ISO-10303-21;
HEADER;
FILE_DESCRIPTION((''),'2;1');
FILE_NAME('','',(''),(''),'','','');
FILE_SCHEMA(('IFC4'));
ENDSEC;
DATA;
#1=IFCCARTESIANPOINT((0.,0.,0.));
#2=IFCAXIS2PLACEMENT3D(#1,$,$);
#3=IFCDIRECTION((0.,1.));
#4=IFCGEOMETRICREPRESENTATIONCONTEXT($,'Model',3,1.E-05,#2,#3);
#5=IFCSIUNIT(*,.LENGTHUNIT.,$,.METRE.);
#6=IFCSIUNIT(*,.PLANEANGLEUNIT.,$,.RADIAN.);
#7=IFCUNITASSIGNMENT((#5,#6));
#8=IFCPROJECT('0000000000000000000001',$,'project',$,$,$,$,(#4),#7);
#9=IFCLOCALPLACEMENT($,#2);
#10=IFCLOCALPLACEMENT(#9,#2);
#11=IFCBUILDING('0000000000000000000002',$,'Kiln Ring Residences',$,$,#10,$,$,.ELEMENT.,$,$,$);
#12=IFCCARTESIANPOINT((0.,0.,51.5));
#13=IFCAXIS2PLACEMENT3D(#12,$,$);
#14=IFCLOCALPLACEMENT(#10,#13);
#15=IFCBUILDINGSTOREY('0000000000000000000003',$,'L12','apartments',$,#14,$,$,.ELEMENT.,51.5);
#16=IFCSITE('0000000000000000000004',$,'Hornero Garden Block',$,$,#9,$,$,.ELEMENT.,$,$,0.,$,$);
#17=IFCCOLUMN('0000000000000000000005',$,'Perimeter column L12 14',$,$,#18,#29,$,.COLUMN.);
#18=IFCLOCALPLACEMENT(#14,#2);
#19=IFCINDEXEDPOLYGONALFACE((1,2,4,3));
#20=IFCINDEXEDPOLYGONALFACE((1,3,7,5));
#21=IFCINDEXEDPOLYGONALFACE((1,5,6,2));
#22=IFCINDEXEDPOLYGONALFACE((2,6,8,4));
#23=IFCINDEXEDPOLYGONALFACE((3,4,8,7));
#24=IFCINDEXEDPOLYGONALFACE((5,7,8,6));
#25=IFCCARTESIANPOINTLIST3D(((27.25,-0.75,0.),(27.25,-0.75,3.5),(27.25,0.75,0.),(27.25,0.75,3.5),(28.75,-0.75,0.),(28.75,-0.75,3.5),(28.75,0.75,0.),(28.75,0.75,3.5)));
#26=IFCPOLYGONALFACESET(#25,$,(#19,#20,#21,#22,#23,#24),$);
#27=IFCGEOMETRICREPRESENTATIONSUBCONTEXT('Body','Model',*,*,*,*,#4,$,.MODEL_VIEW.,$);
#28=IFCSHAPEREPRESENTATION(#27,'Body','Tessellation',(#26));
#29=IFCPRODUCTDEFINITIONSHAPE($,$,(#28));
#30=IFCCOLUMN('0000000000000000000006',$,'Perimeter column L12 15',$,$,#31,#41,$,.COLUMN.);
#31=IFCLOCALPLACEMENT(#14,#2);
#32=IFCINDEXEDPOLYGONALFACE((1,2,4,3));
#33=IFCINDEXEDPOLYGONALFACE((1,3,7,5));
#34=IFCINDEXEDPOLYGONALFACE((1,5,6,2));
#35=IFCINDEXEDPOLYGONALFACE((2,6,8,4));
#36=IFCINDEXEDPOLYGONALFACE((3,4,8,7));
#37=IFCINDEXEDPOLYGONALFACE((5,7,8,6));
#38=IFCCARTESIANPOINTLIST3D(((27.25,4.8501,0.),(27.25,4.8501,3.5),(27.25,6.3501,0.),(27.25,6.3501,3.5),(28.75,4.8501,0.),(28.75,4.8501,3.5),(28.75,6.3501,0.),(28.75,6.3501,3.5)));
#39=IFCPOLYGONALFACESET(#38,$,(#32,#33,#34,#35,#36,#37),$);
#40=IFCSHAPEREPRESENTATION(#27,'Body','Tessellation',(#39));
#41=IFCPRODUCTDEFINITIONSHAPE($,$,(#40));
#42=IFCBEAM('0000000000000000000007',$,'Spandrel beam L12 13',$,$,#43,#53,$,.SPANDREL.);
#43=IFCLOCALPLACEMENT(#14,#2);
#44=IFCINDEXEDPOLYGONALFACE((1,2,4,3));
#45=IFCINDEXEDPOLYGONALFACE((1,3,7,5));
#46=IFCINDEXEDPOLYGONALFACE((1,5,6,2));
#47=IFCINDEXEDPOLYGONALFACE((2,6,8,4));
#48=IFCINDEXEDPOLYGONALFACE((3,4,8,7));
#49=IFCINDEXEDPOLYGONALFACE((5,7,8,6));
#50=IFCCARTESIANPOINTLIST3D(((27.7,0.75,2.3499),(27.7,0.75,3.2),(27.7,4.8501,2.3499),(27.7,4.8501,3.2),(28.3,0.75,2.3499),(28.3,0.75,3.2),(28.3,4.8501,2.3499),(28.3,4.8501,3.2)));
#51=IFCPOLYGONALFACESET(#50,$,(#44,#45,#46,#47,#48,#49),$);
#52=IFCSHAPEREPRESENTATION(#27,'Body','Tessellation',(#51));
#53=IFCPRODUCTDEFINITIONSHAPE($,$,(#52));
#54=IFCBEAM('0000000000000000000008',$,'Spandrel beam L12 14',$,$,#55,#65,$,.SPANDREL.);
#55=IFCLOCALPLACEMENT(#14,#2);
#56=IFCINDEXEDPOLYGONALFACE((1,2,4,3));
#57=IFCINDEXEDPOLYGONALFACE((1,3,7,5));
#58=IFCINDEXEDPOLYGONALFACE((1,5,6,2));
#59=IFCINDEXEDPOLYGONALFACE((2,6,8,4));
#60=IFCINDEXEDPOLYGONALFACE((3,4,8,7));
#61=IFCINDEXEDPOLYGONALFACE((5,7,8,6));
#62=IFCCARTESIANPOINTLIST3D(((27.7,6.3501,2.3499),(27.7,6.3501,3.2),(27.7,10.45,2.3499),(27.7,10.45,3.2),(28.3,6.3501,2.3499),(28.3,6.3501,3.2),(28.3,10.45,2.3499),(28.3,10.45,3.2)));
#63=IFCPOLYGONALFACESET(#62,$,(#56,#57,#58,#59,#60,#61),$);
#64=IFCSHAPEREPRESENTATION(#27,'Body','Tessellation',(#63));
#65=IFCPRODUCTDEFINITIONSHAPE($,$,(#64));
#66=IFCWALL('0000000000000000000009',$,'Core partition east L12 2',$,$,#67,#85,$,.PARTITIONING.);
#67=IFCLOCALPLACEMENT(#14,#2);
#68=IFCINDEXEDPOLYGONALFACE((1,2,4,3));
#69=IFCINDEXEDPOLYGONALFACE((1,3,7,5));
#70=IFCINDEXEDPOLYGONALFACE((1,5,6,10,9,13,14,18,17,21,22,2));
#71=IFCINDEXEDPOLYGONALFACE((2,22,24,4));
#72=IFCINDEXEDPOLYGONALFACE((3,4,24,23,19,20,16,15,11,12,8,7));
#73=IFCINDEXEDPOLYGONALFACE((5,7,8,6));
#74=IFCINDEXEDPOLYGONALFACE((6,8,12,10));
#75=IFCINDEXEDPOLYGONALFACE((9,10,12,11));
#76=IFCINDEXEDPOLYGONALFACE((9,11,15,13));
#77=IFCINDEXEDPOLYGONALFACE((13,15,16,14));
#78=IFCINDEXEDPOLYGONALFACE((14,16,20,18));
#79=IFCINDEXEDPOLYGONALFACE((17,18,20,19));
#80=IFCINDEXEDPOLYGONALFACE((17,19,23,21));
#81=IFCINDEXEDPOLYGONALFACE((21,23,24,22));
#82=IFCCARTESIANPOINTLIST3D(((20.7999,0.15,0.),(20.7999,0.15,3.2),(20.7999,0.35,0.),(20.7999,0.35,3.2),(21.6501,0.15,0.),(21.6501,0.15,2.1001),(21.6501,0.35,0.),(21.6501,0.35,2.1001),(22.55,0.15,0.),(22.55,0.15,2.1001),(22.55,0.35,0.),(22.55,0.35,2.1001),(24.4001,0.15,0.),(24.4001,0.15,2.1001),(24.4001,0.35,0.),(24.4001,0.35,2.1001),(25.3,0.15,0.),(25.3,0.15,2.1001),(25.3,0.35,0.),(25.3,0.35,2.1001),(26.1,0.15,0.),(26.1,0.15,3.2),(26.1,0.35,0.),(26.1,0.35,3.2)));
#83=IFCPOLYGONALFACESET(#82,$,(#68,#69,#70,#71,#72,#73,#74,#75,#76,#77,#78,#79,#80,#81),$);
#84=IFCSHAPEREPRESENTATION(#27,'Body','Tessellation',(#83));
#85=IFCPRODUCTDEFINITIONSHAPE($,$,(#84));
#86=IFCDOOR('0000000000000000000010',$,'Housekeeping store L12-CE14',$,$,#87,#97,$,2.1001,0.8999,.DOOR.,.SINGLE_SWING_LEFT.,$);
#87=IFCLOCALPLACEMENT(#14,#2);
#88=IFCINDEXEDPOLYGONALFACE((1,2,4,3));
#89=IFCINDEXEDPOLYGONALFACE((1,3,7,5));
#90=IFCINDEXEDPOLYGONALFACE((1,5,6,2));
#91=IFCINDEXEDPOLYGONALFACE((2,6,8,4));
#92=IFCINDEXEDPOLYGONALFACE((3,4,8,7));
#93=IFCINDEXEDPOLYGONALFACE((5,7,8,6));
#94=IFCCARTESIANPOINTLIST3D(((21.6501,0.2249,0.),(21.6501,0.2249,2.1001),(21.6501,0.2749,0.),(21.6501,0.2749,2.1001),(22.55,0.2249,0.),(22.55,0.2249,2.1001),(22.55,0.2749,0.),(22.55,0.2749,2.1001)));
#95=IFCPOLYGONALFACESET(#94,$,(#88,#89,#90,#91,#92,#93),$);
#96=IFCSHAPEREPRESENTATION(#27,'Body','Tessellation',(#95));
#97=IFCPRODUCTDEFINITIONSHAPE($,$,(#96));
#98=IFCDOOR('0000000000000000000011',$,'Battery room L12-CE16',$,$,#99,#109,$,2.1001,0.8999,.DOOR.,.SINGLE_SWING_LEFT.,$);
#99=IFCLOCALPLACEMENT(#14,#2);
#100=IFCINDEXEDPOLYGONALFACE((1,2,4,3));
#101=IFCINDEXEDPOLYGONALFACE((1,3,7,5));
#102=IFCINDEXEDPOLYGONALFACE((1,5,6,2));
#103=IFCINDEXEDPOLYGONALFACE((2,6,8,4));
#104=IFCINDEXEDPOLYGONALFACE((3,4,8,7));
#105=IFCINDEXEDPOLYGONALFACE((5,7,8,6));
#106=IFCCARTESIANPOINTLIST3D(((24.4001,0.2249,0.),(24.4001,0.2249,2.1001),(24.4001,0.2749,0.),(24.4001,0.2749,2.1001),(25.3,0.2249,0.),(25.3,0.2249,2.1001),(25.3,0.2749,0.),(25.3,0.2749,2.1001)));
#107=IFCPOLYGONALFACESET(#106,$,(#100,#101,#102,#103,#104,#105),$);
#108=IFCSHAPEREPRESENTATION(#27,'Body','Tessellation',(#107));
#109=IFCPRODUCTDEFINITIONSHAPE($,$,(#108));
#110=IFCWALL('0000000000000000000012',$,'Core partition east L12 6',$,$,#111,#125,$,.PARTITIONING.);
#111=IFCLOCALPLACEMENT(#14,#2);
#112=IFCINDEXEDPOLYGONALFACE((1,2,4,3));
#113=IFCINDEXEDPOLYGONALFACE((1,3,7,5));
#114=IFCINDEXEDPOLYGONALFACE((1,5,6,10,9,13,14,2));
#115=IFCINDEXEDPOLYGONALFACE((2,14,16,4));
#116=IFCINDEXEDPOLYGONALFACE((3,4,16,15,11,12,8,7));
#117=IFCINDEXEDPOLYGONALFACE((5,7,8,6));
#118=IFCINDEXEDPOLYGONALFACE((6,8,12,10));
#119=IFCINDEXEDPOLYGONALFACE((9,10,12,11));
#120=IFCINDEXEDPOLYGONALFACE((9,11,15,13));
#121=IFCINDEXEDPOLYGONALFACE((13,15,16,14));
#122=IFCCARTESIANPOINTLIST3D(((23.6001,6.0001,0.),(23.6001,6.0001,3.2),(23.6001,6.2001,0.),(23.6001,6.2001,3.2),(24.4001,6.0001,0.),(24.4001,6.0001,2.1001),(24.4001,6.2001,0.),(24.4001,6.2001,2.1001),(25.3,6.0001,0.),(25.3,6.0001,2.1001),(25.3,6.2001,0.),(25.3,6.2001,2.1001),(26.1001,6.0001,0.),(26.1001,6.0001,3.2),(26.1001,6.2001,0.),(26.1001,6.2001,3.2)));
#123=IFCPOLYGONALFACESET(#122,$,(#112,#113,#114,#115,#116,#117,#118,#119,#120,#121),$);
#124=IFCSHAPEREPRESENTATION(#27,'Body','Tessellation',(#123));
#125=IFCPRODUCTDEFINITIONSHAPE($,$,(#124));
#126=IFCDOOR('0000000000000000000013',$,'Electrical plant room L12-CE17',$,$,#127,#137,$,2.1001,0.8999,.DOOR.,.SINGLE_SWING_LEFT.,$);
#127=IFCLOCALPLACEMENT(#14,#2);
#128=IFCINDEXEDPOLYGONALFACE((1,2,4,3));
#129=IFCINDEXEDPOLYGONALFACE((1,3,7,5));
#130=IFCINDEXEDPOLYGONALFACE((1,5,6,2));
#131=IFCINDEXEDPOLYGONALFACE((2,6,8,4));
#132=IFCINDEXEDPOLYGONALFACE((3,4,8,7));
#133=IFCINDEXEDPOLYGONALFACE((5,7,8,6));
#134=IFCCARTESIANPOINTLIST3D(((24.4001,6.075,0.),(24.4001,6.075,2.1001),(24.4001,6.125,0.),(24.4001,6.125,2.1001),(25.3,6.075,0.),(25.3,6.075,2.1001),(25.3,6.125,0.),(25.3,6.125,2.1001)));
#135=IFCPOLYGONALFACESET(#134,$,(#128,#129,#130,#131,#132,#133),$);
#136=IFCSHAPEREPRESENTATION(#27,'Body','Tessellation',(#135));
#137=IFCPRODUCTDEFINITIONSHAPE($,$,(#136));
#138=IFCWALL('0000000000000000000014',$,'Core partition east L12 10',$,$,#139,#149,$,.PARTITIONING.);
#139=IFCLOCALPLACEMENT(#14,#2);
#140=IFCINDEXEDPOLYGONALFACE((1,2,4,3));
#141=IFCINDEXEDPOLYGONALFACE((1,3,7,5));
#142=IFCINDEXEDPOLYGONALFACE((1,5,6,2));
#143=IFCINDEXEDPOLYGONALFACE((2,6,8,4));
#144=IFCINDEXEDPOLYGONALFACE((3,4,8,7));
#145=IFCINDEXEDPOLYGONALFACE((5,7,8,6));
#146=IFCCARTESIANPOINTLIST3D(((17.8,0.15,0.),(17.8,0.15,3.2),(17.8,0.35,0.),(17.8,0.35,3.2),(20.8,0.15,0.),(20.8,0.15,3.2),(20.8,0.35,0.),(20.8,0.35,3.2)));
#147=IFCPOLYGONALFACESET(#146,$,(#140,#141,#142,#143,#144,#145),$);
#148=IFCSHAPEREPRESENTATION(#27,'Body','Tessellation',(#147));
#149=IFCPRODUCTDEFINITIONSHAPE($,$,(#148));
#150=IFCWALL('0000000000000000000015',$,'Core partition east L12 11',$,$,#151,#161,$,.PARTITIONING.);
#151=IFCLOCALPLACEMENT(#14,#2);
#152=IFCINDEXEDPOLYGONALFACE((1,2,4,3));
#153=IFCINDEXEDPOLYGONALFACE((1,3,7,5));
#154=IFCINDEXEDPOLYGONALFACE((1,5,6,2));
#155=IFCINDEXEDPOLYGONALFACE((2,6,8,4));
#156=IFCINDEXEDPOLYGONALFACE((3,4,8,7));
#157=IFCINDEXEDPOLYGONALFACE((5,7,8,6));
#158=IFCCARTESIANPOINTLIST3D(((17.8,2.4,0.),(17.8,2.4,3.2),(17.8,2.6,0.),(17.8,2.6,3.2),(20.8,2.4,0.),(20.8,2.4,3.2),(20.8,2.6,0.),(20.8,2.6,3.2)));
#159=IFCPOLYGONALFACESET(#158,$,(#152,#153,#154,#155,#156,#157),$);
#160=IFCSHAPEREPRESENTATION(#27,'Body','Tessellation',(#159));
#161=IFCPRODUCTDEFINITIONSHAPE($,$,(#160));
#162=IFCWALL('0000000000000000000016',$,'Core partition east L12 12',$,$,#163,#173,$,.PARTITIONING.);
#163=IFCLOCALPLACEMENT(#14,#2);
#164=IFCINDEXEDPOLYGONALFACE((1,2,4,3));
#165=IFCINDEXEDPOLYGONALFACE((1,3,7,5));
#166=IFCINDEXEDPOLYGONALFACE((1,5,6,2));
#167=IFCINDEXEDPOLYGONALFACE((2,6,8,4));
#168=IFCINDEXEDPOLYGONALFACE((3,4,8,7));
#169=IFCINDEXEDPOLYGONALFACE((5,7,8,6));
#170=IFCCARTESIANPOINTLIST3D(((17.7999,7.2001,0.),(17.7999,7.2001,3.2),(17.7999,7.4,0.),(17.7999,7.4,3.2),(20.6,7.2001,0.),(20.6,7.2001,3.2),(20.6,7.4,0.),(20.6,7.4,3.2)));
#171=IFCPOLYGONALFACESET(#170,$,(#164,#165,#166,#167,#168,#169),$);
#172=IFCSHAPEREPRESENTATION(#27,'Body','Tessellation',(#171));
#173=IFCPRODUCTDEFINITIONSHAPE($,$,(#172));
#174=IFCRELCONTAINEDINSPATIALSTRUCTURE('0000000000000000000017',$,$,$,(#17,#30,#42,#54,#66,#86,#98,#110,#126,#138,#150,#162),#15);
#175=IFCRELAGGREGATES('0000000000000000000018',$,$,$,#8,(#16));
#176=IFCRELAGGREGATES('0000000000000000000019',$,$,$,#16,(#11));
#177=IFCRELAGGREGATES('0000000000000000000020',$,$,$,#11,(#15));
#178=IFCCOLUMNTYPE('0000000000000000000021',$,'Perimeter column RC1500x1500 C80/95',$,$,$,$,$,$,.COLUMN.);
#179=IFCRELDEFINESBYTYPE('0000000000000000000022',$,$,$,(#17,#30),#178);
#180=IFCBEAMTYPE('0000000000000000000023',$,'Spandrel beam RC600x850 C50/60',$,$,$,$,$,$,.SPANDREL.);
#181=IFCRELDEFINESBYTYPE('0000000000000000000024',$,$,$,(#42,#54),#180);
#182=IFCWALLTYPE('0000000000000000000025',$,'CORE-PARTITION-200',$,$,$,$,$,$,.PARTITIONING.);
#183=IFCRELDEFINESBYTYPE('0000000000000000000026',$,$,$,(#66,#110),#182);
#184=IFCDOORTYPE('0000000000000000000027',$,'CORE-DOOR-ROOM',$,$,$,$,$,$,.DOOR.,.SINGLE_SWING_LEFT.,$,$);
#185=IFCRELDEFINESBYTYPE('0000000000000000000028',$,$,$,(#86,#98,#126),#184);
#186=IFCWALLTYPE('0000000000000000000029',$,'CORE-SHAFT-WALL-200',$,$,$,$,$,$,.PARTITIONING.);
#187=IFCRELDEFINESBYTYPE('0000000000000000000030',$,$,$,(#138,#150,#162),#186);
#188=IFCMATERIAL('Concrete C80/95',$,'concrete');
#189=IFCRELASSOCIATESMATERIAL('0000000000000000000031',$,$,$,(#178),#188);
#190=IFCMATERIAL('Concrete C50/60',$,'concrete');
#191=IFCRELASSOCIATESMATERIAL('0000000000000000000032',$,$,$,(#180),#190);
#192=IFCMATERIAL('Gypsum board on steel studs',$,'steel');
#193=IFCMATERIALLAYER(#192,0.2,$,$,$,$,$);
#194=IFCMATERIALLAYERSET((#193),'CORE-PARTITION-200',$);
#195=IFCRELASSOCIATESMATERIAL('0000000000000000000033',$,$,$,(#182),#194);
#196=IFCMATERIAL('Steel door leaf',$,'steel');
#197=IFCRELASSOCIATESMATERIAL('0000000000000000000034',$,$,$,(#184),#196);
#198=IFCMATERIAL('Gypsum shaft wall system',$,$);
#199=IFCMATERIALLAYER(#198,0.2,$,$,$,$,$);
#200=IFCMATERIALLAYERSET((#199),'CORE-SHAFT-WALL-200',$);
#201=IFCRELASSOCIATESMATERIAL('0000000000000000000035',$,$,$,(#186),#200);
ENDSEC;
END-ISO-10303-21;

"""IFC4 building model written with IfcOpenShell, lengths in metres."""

from ifc_helpers import new_model, si_unit, direction, frame, frame_2d, origin, origin_2d, place, context, subcontext, project, spatial, rectangle, extrude, material, layer, layer_set, material_profile, profile_set, type_object, element, fill, save


model = new_model("IFC4")

# Units and contexts
model_context = context("Model", 3, precision=1e-05, world=origin(), true_north=direction((0.0, 1.0)))
body_context = subcontext(model_context, "Body", "Model", "MODEL_VIEW")
ifc_project = project(units=[si_unit("LENGTHUNIT", "METRE"), si_unit("PLANEANGLEUNIT", "RADIAN")], contexts=[model_context])

# Site, building, storey
site_placement = place(None, origin())
site = spatial("IfcSite", under=ifc_project, at=site_placement, Name="Hornero Garden Block", CompositionType="ELEMENT", RefElevation=0.0)
building_placement = place(site_placement, origin())
building = spatial("IfcBuilding", under=site, at=building_placement, Name="Kiln Ring Residences", CompositionType="ELEMENT")
storey_placement = place(building_placement, frame((0.0, 0.0, 51.5)))
storey = spatial("IfcBuildingStorey", under=building, at=storey_placement, Name="L12", Description="apartments", CompositionType="ELEMENT", Elevation=51.5)

# Columns
ifc_material_1 = material(Name="Concrete C80/95", Category="concrete")
ifc_material_profile_1 = material_profile(ifc_material_1, rectangle(XDim=1.5, YDim=1.5, at=origin_2d()), Name="RC1500x1500")
ifc_profile_set_1 = profile_set([ifc_material_profile_1], Name="Concrete C80/95")
column_type = type_object("IfcColumnType", Name="Perimeter column RC1500x1500 C80/95", PredefinedType="COLUMN", material=ifc_profile_set_1)
for number, where, z_axis, x_axis, name in (
    (1, (28.0, 0.0, 0.0), (0.0, 0.0, 1.0), (1.0, 0.0, 0.0), "Perimeter column L12 14"),
    (2, (28.0, 5.6001, 0.0), (0.0, 0.0, 1.0), (1.0, 0.0, 0.0), "Perimeter column L12 15"),
):
    element("IfcColumn", number, at=place(storey_placement, frame(where, z_axis=z_axis, x_axis=x_axis)), inside=storey, type_object=column_type, Name=name, PredefinedType="COLUMN", context=body_context, shape_type="SweptSolid", body=[
        extrude(rectangle(XDim=1.5, YDim=1.5, at=origin_2d()), origin(), (0.0, 0.0, 1.0), 3.5),
    ])

# Beams
ifc_material_2 = material(Name="Concrete C50/60", Category="concrete")
ifc_material_profile_2 = material_profile(ifc_material_2, rectangle(XDim=0.6001, YDim=0.8501, at=origin_2d()), Name="RC600x850")
ifc_profile_set_2 = profile_set([ifc_material_profile_2], Name="Concrete C50/60")
beam_type = type_object("IfcBeamType", Name="Spandrel beam RC600x850 C50/60", PredefinedType="SPANDREL", material=ifc_profile_set_2)
beam_1_placement = place(storey_placement, frame((28.0, 0.75, 2.7749), z_axis=(0.0, 1.0, 0.0), x_axis=(-1.0, 0.0, 0.0)))
element("IfcBeam", 3, at=beam_1_placement, inside=storey, type_object=beam_type, Name="Spandrel beam L12 13", PredefinedType="SPANDREL", context=body_context, shape_type="SweptSolid", body=[
    extrude(rectangle(XDim=0.6001, YDim=0.8501, at=origin_2d()), origin(), (0.0, 0.0, 1.0), 4.1001),
])
beam_2_placement = place(storey_placement, frame((28.0, 6.3501, 2.7749), z_axis=(0.0, 1.0, 0.0), x_axis=(-1.0, 0.0, 0.0)))
element("IfcBeam", 4, at=beam_2_placement, inside=storey, type_object=beam_type, Name="Spandrel beam L12 14", PredefinedType="SPANDREL", context=body_context, shape_type="SweptSolid", body=[
    extrude(rectangle(XDim=0.6001, YDim=0.8501, at=origin_2d()), origin(), (0.0, 0.0, 1.0), 4.0999),
])

# Wall, openings, doors
ifc_material_3 = material(Name="Gypsum board on steel studs", Category="steel")
ifc_layer_1 = layer(ifc_material_3, 0.2)
ifc_layer_set_1 = layer_set([ifc_layer_1], Name="CORE-PARTITION-200")
wall_type_1 = type_object("IfcWallType", Name="CORE-PARTITION-200", PredefinedType="PARTITIONING", material=ifc_layer_set_1)
wall_1_placement = place(storey_placement, frame((20.8, 0.25, 0.0), z_axis=(0.0, 0.0, 1.0), x_axis=(1.0, 0.0, 0.0)))
wall_1 = element("IfcWall", 5, at=wall_1_placement, inside=storey, type_object=wall_type_1, Name="Core partition east L12 2", PredefinedType="PARTITIONING", context=body_context, shape_type="SweptSolid", body=[
    extrude(rectangle(XDim=5.3, YDim=0.2, at=frame_2d((2.6499, 0.0))), origin(), (0.0, 0.0, 1.0), 3.2),
])
opening_1_placement = place(wall_1_placement, frame((0.8501, 0.0, 0.0)))
opening_1 = element("IfcOpeningElement", 6, at=opening_1_placement, cuts=wall_1, PredefinedType="OPENING", context=body_context, shape_type="SweptSolid", body=[
    extrude(rectangle(XDim=0.8999, YDim=2.1001, at=frame_2d((0.45, 1.05))), frame((0.0, 0.1099, 0.0), z_axis=(0.0, -1.0, 0.0), x_axis=(1.0, 0.0, 0.0)), (0.0, 0.0, 1.0), 0.22),
])
opening_2_placement = place(wall_1_placement, frame((3.6001, 0.0, 0.0)))
opening_2 = element("IfcOpeningElement", 7, at=opening_2_placement, cuts=wall_1, PredefinedType="OPENING", context=body_context, shape_type="SweptSolid", body=[
    extrude(rectangle(XDim=0.8999, YDim=2.1001, at=frame_2d((0.45, 1.05))), frame((0.0, 0.1099, 0.0), z_axis=(0.0, -1.0, 0.0), x_axis=(1.0, 0.0, 0.0)), (0.0, 0.0, 1.0), 0.22),
])
ifc_material_4 = material(Name="Steel door leaf", Category="steel")
door_type = type_object("IfcDoorType", Name="CORE-DOOR-ROOM", OperationType="SINGLE_SWING_LEFT", PredefinedType="DOOR", material=ifc_material_4)
door_1_placement = place(opening_1_placement, origin())
door_1 = element("IfcDoor", 8, at=door_1_placement, inside=storey, type_object=door_type, Name="Housekeeping store L12-CE14", OperationType="SINGLE_SWING_LEFT", OverallHeight=2.1001, OverallWidth=0.8999, PredefinedType="DOOR", context=body_context, shape_type="SweptSolid", body=[
    extrude(rectangle(XDim=0.8999, YDim=2.1001, at=frame_2d((0.45, 1.05))), frame((0.0, 0.0249, 0.0), z_axis=(0.0, -1.0, 0.0), x_axis=(1.0, 0.0, 0.0)), (0.0, 0.0, 1.0), 0.05),
])
fill(opening_1, door_1)
door_2_placement = place(opening_2_placement, origin())
door_2 = element("IfcDoor", 9, at=door_2_placement, inside=storey, type_object=door_type, Name="Battery room L12-CE16", OperationType="SINGLE_SWING_LEFT", OverallHeight=2.1001, OverallWidth=0.8999, PredefinedType="DOOR", context=body_context, shape_type="SweptSolid", body=[
    extrude(rectangle(XDim=0.8999, YDim=2.1001, at=frame_2d((0.45, 1.05))), frame((0.0, 0.0249, 0.0), z_axis=(0.0, -1.0, 0.0), x_axis=(1.0, 0.0, 0.0)), (0.0, 0.0, 1.0), 0.05),
])
fill(opening_2, door_2)

# Wall, opening, door
wall_2_placement = place(storey_placement, frame((23.6001, 6.1001, 0.0), z_axis=(0.0, 0.0, 1.0), x_axis=(1.0, 0.0, 0.0)))
wall_2 = element("IfcWall", 10, at=wall_2_placement, inside=storey, type_object=wall_type_1, Name="Core partition east L12 6", PredefinedType="PARTITIONING", context=body_context, shape_type="SweptSolid", body=[
    extrude(rectangle(XDim=2.5, YDim=0.2, at=frame_2d((1.25, 0.0))), origin(), (0.0, 0.0, 1.0), 3.2),
])
opening_3_placement = place(wall_2_placement, frame((0.8, 0.0, 0.0)))
opening_3 = element("IfcOpeningElement", 11, at=opening_3_placement, cuts=wall_2, PredefinedType="OPENING", context=body_context, shape_type="SweptSolid", body=[
    extrude(rectangle(XDim=0.8999, YDim=2.1001, at=frame_2d((0.45, 1.05))), frame((0.0, 0.1099, 0.0), z_axis=(0.0, -1.0, 0.0), x_axis=(1.0, 0.0, 0.0)), (0.0, 0.0, 1.0), 0.22),
])
door_3_placement = place(opening_3_placement, origin())
door_3 = element("IfcDoor", 12, at=door_3_placement, inside=storey, type_object=door_type, Name="Electrical plant room L12-CE17", OperationType="SINGLE_SWING_LEFT", OverallHeight=2.1001, OverallWidth=0.8999, PredefinedType="DOOR", context=body_context, shape_type="SweptSolid", body=[
    extrude(rectangle(XDim=0.8999, YDim=2.1001, at=frame_2d((0.45, 1.05))), frame((0.0, 0.0249, 0.0), z_axis=(0.0, -1.0, 0.0), x_axis=(1.0, 0.0, 0.0)), (0.0, 0.0, 1.0), 0.05),
])
fill(opening_3, door_3)

# Walls
ifc_material_5 = material(Name="Gypsum shaft wall system")
ifc_layer_2 = layer(ifc_material_5, 0.2)
ifc_layer_set_2 = layer_set([ifc_layer_2], Name="CORE-SHAFT-WALL-200")
wall_type_2 = type_object("IfcWallType", Name="CORE-SHAFT-WALL-200", PredefinedType="PARTITIONING", material=ifc_layer_set_2)
for number, where, z_axis, x_axis, name in (
    (13, (17.8, 0.25, 0.0), (0.0, 0.0, 1.0), (1.0, 0.0, 0.0), "Core partition east L12 10"),
    (14, (17.8, 2.5, 0.0), (0.0, 0.0, 1.0), (1.0, 0.0, 0.0), "Core partition east L12 11"),
):
    element("IfcWall", number, at=place(storey_placement, frame(where, z_axis=z_axis, x_axis=x_axis)), inside=storey, type_object=wall_type_2, Name=name, PredefinedType="PARTITIONING", context=body_context, shape_type="SweptSolid", body=[
        extrude(rectangle(XDim=3.0, YDim=0.2, at=frame_2d((1.5, 0.0))), origin(), (0.0, 0.0, 1.0), 3.2),
    ])
wall_3_placement = place(storey_placement, frame((17.8, 7.3, 0.0), z_axis=(0.0, 0.0, 1.0), x_axis=(1.0, 0.0, 0.0)))
element("IfcWall", 15, at=wall_3_placement, inside=storey, type_object=wall_type_2, Name="Core partition east L12 12", PredefinedType="PARTITIONING", context=body_context, shape_type="SweptSolid", body=[
    extrude(rectangle(XDim=2.8, YDim=0.2, at=frame_2d((1.3999, 0.0))), origin(), (0.0, 0.0, 1.0), 3.2),
])

save(model, "model.ifc")
